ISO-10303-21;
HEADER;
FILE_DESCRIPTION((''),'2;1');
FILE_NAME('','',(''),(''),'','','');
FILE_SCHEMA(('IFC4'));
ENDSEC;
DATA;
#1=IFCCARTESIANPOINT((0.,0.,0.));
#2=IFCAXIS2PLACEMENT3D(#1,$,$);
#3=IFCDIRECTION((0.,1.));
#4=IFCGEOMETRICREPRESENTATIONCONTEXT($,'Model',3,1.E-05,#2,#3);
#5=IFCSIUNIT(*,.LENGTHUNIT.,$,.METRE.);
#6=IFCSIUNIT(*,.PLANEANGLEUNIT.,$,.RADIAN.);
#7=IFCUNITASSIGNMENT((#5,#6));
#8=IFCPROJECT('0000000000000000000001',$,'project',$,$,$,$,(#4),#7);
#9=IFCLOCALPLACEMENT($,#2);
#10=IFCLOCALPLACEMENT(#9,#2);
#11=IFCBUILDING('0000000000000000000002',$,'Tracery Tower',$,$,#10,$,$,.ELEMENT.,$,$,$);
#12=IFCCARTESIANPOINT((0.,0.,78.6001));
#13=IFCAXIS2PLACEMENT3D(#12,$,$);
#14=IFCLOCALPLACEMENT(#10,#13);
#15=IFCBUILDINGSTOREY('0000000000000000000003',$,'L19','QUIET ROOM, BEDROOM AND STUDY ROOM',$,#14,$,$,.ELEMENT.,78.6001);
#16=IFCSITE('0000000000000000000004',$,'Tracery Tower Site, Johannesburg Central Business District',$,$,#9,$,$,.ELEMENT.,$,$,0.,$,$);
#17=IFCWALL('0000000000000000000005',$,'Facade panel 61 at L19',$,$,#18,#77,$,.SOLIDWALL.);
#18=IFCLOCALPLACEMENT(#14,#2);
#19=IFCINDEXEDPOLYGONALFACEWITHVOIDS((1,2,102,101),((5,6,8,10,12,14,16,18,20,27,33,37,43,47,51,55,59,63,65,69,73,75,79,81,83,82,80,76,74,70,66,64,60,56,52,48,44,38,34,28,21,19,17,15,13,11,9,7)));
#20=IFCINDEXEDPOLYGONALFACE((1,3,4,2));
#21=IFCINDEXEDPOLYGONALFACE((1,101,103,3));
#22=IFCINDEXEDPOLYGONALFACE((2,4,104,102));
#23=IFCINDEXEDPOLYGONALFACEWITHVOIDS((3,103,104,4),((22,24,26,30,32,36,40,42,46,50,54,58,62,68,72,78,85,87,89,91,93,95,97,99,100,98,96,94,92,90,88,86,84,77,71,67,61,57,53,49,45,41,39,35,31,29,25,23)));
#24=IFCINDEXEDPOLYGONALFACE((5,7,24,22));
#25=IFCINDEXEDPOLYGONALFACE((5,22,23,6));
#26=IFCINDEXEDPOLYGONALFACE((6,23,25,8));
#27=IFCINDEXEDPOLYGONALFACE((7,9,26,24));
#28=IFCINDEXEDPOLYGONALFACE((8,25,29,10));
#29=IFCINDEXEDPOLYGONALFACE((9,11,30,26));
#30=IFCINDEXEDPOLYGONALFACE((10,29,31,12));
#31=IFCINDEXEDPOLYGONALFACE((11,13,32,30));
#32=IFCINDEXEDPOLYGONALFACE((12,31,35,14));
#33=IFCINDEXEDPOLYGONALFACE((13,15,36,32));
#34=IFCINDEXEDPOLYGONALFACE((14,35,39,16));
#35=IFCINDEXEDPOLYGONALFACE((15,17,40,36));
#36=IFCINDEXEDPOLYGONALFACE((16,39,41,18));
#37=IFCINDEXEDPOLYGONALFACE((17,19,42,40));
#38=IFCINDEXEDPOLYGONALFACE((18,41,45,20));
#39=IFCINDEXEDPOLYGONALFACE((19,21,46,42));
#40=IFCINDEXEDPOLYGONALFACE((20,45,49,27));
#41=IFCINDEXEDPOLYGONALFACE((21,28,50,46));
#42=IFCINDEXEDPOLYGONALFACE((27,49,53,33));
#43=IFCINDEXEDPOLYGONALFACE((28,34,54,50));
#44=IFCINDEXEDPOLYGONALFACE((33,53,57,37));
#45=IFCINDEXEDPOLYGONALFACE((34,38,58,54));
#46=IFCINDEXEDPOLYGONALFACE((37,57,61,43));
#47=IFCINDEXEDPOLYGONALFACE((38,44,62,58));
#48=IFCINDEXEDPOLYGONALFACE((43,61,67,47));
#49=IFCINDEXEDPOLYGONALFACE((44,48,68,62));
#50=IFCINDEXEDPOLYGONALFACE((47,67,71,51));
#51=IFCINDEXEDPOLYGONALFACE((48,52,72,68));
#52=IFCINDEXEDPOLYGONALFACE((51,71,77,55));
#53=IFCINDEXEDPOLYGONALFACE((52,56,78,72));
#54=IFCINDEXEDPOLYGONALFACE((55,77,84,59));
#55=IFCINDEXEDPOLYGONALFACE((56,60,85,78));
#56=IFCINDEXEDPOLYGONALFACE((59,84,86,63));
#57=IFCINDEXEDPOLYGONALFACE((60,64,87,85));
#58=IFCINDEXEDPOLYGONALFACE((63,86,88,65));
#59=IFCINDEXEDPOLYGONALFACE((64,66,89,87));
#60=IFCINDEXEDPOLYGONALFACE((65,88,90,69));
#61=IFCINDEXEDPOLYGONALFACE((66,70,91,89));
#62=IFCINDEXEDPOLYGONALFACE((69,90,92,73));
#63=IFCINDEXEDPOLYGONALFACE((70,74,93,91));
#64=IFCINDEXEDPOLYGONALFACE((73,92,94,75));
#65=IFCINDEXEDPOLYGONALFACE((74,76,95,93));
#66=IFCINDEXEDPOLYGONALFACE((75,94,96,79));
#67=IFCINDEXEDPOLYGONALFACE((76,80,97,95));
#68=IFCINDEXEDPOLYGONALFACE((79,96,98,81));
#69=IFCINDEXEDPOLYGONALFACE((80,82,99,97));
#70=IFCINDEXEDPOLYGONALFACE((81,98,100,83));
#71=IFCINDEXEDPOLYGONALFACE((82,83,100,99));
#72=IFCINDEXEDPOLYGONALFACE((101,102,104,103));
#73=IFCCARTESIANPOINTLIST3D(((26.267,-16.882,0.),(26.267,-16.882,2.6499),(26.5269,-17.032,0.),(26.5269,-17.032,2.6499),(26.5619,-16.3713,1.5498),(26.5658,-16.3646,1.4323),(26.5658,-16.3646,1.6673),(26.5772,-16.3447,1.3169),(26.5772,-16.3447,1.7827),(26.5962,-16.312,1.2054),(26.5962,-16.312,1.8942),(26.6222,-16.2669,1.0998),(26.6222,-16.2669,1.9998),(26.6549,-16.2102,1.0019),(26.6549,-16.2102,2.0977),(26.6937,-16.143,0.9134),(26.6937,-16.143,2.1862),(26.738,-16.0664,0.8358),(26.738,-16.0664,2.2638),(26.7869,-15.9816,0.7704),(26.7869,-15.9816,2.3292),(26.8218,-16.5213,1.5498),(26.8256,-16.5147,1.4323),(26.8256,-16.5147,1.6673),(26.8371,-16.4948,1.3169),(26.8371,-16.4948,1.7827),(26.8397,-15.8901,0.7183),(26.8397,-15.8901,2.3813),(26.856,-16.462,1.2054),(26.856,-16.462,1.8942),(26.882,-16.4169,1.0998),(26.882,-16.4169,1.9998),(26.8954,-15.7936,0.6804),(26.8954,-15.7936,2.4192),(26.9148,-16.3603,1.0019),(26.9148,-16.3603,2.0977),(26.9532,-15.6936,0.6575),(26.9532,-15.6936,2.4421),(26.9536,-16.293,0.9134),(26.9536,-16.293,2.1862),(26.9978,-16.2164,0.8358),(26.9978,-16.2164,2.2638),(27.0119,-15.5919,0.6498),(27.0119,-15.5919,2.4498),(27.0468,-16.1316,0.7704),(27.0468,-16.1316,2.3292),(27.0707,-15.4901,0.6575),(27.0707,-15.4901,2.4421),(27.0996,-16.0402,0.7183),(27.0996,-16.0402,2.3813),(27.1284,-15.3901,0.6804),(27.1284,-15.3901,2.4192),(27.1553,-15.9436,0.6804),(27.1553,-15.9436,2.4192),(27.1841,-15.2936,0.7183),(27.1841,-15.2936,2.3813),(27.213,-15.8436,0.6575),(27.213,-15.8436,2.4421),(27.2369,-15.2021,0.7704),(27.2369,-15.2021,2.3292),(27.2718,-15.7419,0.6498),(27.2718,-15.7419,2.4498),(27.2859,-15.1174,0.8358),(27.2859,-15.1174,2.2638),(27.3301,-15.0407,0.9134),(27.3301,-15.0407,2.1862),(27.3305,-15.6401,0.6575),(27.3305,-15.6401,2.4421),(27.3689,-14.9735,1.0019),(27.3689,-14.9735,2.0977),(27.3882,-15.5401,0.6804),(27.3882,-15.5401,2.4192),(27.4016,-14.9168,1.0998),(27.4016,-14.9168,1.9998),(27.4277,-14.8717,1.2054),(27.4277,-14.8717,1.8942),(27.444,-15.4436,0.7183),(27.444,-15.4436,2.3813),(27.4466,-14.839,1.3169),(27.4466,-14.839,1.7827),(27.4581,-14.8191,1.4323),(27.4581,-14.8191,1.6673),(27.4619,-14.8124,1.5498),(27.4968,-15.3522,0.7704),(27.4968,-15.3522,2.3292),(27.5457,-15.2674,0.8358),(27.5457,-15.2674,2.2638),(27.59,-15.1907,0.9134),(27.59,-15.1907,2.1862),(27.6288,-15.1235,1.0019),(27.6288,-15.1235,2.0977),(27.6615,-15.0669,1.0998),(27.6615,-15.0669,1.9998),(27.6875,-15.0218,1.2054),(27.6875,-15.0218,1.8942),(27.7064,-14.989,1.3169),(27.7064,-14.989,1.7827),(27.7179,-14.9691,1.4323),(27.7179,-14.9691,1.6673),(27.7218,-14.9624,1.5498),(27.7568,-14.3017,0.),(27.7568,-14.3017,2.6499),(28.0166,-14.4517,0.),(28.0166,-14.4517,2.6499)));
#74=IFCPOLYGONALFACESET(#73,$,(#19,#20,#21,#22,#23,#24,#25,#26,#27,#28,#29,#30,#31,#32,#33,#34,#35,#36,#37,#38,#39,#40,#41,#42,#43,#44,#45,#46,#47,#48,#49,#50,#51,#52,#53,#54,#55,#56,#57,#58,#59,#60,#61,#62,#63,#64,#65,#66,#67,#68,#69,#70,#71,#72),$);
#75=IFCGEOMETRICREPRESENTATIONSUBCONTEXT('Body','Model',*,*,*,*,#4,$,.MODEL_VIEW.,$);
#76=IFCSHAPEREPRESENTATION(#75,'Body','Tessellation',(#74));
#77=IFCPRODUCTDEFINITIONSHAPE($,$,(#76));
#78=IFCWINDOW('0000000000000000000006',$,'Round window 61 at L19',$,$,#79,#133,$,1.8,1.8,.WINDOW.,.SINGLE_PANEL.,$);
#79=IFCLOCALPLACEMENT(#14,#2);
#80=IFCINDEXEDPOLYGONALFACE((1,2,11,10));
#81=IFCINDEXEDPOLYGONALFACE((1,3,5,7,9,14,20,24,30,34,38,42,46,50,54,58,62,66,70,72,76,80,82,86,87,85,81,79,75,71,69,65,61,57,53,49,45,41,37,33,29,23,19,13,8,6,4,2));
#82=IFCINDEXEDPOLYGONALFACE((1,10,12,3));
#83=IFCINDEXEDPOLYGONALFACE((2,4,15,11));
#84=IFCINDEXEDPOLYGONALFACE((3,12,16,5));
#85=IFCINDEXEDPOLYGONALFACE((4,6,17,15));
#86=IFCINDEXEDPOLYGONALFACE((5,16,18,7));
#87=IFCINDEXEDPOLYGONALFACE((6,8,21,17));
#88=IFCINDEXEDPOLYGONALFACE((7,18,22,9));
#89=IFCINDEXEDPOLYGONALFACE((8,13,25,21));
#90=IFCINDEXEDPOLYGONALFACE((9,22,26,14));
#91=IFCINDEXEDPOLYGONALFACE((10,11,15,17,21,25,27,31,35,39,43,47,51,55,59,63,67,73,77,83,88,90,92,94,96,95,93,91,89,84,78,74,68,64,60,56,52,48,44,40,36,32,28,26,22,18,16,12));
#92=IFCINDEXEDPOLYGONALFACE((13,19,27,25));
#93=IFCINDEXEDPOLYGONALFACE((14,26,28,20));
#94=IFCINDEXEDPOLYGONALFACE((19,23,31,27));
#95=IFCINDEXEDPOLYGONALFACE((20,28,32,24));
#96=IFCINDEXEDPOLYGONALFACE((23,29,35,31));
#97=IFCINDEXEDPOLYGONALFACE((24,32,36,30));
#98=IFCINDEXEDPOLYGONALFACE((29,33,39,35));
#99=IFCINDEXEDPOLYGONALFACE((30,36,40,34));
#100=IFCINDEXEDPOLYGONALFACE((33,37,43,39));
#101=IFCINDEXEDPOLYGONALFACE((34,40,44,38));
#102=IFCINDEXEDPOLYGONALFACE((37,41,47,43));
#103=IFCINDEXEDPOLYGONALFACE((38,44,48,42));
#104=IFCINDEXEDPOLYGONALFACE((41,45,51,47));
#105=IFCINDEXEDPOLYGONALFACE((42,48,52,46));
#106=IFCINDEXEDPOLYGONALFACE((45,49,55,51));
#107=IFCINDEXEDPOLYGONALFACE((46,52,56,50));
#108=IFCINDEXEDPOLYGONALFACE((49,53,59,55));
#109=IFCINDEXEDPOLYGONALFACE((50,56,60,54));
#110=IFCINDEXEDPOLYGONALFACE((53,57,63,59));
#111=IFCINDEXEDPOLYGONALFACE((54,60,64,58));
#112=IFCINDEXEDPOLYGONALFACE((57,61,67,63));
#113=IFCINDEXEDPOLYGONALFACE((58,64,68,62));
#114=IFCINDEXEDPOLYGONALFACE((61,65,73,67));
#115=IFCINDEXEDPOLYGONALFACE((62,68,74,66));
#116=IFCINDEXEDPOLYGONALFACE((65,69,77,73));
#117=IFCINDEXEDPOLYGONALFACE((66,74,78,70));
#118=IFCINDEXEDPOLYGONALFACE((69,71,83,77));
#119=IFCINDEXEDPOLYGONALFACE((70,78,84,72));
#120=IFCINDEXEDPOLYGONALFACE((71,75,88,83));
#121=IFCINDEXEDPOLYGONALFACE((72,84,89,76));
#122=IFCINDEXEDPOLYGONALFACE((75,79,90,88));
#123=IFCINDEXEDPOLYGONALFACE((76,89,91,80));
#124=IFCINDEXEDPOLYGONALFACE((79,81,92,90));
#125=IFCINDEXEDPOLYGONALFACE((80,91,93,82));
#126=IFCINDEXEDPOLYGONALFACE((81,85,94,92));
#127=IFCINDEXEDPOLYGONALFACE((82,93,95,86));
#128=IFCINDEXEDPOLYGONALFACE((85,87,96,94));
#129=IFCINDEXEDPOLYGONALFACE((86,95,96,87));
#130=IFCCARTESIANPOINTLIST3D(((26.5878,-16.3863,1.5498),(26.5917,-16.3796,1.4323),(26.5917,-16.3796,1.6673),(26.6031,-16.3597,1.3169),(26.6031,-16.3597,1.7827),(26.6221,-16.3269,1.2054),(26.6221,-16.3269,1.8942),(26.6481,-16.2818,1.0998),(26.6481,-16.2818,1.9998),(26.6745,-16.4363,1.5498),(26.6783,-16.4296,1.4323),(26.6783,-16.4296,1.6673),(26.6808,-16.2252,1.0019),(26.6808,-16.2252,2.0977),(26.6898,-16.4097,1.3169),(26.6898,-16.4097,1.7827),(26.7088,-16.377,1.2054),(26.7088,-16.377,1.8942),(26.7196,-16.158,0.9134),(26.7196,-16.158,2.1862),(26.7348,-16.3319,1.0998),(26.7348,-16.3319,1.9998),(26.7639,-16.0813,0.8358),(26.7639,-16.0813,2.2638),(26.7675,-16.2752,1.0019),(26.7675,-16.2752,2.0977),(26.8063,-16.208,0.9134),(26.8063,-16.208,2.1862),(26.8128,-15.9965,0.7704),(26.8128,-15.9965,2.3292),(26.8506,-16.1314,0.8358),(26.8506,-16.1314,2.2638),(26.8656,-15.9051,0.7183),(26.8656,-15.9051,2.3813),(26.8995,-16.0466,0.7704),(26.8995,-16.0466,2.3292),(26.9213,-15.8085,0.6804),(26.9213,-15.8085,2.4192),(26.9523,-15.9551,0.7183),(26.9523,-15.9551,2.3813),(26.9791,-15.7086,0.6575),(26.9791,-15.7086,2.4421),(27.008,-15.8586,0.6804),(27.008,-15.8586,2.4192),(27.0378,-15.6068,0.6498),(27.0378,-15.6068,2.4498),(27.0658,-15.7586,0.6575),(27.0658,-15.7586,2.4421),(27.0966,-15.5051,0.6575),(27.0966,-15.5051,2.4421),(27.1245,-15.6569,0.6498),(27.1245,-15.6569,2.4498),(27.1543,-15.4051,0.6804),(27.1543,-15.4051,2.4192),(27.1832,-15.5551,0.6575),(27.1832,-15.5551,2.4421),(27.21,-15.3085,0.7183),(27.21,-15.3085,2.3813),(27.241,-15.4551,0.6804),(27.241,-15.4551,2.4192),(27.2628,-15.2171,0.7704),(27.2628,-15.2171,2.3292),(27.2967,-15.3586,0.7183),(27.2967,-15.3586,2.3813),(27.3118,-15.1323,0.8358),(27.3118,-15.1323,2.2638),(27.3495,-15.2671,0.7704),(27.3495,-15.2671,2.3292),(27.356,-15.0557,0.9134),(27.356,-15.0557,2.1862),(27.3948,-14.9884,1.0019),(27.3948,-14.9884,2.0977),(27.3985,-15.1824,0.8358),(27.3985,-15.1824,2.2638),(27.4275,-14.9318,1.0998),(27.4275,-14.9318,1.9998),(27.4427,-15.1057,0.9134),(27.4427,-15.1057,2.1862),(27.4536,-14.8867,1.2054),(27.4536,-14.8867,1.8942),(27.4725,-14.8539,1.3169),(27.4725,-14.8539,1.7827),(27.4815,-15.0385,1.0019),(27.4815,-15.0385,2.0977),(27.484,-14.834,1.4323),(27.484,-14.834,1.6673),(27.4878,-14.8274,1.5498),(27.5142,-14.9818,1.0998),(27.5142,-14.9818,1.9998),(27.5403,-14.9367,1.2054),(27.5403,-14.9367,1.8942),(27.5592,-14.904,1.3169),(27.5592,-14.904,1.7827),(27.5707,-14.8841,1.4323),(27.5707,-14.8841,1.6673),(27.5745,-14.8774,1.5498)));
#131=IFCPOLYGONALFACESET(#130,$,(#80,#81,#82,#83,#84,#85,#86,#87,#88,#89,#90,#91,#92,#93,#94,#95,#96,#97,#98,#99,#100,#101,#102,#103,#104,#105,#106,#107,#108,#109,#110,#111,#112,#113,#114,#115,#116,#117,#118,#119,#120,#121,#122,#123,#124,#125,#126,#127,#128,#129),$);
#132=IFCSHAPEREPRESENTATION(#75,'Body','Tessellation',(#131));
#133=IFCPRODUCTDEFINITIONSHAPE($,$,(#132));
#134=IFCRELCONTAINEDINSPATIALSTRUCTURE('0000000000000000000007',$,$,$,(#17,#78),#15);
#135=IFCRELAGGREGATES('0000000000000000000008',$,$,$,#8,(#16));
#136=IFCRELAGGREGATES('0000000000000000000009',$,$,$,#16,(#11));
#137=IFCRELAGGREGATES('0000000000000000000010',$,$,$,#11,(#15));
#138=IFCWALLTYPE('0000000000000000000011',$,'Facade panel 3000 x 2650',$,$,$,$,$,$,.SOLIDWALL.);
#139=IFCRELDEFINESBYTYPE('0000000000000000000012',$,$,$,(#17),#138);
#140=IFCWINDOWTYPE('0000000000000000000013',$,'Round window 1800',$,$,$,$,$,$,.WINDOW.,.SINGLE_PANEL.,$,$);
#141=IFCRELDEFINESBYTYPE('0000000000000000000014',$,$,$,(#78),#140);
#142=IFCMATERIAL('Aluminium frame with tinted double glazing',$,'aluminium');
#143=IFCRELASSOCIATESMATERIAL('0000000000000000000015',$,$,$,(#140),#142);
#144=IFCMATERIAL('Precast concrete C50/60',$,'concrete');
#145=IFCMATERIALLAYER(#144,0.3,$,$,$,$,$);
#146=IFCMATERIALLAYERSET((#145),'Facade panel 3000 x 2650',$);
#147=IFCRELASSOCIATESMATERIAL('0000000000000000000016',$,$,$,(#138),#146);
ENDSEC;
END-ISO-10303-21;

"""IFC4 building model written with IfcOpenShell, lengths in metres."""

from ifc_helpers import new_model, si_unit, direction, frame, frame_2d, origin, origin_2d, place, context, subcontext, project, spatial, rectangle, circle, extrude, material, layer, layer_set, type_object, element, fill, save


model = new_model("IFC4")

# Units and contexts
model_context = context("Model", 3, precision=1e-05, world=origin(), true_north=direction((0.0, 1.0)))
body_context = subcontext(model_context, "Body", "Model", "MODEL_VIEW")
ifc_project = project(units=[si_unit("LENGTHUNIT", "METRE"), si_unit("PLANEANGLEUNIT", "RADIAN")], contexts=[model_context])

# Site, building, storey
site_placement = place(None, origin())
site = spatial("IfcSite", under=ifc_project, at=site_placement, Name="Tracery Tower Site, Johannesburg Central Business District", CompositionType="ELEMENT", RefElevation=0.0)
building_placement = place(site_placement, origin())
building = spatial("IfcBuilding", under=site, at=building_placement, Name="Tracery Tower", CompositionType="ELEMENT")
storey_placement = place(building_placement, frame((0.0, 0.0, 78.6001)))
storey = spatial("IfcBuildingStorey", under=building, at=storey_placement, Name="L19", Description="QUIET ROOM, BEDROOM AND STUDY ROOM", CompositionType="ELEMENT", Elevation=78.6001)

# Wall, opening, window
ifc_material_1 = material(Name="Aluminium frame with tinted double glazing", Category="aluminium")
window_type = type_object("IfcWindowType", Name="Round window 1800", PartitioningType="SINGLE_PANEL", PredefinedType="WINDOW", material=ifc_material_1)
ifc_material_2 = material(Name="Precast concrete C50/60", Category="concrete")
ifc_layer_1 = layer(ifc_material_2, 0.3)
ifc_layer_set_1 = layer_set([ifc_layer_1], Name="Facade panel 3000 x 2650")
wall_type_1 = type_object("IfcWallType", Name="Facade panel 3000 x 2650", PredefinedType="SOLIDWALL", material=ifc_layer_set_1)
wall_1_placement = place(storey_placement, frame((26.397, -16.957, 0.0), z_axis=(0.0, 0.0, 1.0), x_axis=(0.499999, 0.866026, 0.0)))
wall_1 = element("IfcWall", 1, at=wall_1_placement, inside=storey, type_object=wall_type_1, Name="Facade panel 61 at L19", PredefinedType="SOLIDWALL", context=body_context, shape_type="SweptSolid", body=[
    extrude(rectangle(XDim=2.9795, YDim=0.3, at=frame_2d((1.4897, 0.0))), origin(), (0.0, 0.0, 1.0), 2.6499),
])
opening_1_placement = place(wall_1_placement, frame((1.4897, 0.0, 1.5498)))
opening_1 = element("IfcOpeningElement", 2, at=opening_1_placement, cuts=wall_1, PredefinedType="OPENING", context=body_context, shape_type="SweptSolid", body=[
    extrude(circle(Radius=0.9, at=origin_2d()), frame((0.0, 0.1599, 0.0), z_axis=(0.0, -1.0, 0.0), x_axis=(1.0, 0.0, 0.0)), (0.0, 0.0, 1.0), 0.3201),
])
window_1_placement = place(opening_1_placement, origin())
window_1 = element("IfcWindow", 3, at=window_1_placement, inside=storey, type_object=window_type, Name="Round window 61 at L19", OverallHeight=1.8, OverallWidth=1.8, PartitioningType="SINGLE_PANEL", PredefinedType="WINDOW", context=body_context, shape_type="SweptSolid", body=[
    extrude(circle(Radius=0.9, at=origin_2d()), frame((0.0, 0.1201, 0.0), z_axis=(0.0, -1.0, 0.0), x_axis=(1.0, 0.0, 0.0)), (0.0, 0.0, 1.0), 0.1001),
])
fill(opening_1, window_1)

save(model, "model.ifc")
